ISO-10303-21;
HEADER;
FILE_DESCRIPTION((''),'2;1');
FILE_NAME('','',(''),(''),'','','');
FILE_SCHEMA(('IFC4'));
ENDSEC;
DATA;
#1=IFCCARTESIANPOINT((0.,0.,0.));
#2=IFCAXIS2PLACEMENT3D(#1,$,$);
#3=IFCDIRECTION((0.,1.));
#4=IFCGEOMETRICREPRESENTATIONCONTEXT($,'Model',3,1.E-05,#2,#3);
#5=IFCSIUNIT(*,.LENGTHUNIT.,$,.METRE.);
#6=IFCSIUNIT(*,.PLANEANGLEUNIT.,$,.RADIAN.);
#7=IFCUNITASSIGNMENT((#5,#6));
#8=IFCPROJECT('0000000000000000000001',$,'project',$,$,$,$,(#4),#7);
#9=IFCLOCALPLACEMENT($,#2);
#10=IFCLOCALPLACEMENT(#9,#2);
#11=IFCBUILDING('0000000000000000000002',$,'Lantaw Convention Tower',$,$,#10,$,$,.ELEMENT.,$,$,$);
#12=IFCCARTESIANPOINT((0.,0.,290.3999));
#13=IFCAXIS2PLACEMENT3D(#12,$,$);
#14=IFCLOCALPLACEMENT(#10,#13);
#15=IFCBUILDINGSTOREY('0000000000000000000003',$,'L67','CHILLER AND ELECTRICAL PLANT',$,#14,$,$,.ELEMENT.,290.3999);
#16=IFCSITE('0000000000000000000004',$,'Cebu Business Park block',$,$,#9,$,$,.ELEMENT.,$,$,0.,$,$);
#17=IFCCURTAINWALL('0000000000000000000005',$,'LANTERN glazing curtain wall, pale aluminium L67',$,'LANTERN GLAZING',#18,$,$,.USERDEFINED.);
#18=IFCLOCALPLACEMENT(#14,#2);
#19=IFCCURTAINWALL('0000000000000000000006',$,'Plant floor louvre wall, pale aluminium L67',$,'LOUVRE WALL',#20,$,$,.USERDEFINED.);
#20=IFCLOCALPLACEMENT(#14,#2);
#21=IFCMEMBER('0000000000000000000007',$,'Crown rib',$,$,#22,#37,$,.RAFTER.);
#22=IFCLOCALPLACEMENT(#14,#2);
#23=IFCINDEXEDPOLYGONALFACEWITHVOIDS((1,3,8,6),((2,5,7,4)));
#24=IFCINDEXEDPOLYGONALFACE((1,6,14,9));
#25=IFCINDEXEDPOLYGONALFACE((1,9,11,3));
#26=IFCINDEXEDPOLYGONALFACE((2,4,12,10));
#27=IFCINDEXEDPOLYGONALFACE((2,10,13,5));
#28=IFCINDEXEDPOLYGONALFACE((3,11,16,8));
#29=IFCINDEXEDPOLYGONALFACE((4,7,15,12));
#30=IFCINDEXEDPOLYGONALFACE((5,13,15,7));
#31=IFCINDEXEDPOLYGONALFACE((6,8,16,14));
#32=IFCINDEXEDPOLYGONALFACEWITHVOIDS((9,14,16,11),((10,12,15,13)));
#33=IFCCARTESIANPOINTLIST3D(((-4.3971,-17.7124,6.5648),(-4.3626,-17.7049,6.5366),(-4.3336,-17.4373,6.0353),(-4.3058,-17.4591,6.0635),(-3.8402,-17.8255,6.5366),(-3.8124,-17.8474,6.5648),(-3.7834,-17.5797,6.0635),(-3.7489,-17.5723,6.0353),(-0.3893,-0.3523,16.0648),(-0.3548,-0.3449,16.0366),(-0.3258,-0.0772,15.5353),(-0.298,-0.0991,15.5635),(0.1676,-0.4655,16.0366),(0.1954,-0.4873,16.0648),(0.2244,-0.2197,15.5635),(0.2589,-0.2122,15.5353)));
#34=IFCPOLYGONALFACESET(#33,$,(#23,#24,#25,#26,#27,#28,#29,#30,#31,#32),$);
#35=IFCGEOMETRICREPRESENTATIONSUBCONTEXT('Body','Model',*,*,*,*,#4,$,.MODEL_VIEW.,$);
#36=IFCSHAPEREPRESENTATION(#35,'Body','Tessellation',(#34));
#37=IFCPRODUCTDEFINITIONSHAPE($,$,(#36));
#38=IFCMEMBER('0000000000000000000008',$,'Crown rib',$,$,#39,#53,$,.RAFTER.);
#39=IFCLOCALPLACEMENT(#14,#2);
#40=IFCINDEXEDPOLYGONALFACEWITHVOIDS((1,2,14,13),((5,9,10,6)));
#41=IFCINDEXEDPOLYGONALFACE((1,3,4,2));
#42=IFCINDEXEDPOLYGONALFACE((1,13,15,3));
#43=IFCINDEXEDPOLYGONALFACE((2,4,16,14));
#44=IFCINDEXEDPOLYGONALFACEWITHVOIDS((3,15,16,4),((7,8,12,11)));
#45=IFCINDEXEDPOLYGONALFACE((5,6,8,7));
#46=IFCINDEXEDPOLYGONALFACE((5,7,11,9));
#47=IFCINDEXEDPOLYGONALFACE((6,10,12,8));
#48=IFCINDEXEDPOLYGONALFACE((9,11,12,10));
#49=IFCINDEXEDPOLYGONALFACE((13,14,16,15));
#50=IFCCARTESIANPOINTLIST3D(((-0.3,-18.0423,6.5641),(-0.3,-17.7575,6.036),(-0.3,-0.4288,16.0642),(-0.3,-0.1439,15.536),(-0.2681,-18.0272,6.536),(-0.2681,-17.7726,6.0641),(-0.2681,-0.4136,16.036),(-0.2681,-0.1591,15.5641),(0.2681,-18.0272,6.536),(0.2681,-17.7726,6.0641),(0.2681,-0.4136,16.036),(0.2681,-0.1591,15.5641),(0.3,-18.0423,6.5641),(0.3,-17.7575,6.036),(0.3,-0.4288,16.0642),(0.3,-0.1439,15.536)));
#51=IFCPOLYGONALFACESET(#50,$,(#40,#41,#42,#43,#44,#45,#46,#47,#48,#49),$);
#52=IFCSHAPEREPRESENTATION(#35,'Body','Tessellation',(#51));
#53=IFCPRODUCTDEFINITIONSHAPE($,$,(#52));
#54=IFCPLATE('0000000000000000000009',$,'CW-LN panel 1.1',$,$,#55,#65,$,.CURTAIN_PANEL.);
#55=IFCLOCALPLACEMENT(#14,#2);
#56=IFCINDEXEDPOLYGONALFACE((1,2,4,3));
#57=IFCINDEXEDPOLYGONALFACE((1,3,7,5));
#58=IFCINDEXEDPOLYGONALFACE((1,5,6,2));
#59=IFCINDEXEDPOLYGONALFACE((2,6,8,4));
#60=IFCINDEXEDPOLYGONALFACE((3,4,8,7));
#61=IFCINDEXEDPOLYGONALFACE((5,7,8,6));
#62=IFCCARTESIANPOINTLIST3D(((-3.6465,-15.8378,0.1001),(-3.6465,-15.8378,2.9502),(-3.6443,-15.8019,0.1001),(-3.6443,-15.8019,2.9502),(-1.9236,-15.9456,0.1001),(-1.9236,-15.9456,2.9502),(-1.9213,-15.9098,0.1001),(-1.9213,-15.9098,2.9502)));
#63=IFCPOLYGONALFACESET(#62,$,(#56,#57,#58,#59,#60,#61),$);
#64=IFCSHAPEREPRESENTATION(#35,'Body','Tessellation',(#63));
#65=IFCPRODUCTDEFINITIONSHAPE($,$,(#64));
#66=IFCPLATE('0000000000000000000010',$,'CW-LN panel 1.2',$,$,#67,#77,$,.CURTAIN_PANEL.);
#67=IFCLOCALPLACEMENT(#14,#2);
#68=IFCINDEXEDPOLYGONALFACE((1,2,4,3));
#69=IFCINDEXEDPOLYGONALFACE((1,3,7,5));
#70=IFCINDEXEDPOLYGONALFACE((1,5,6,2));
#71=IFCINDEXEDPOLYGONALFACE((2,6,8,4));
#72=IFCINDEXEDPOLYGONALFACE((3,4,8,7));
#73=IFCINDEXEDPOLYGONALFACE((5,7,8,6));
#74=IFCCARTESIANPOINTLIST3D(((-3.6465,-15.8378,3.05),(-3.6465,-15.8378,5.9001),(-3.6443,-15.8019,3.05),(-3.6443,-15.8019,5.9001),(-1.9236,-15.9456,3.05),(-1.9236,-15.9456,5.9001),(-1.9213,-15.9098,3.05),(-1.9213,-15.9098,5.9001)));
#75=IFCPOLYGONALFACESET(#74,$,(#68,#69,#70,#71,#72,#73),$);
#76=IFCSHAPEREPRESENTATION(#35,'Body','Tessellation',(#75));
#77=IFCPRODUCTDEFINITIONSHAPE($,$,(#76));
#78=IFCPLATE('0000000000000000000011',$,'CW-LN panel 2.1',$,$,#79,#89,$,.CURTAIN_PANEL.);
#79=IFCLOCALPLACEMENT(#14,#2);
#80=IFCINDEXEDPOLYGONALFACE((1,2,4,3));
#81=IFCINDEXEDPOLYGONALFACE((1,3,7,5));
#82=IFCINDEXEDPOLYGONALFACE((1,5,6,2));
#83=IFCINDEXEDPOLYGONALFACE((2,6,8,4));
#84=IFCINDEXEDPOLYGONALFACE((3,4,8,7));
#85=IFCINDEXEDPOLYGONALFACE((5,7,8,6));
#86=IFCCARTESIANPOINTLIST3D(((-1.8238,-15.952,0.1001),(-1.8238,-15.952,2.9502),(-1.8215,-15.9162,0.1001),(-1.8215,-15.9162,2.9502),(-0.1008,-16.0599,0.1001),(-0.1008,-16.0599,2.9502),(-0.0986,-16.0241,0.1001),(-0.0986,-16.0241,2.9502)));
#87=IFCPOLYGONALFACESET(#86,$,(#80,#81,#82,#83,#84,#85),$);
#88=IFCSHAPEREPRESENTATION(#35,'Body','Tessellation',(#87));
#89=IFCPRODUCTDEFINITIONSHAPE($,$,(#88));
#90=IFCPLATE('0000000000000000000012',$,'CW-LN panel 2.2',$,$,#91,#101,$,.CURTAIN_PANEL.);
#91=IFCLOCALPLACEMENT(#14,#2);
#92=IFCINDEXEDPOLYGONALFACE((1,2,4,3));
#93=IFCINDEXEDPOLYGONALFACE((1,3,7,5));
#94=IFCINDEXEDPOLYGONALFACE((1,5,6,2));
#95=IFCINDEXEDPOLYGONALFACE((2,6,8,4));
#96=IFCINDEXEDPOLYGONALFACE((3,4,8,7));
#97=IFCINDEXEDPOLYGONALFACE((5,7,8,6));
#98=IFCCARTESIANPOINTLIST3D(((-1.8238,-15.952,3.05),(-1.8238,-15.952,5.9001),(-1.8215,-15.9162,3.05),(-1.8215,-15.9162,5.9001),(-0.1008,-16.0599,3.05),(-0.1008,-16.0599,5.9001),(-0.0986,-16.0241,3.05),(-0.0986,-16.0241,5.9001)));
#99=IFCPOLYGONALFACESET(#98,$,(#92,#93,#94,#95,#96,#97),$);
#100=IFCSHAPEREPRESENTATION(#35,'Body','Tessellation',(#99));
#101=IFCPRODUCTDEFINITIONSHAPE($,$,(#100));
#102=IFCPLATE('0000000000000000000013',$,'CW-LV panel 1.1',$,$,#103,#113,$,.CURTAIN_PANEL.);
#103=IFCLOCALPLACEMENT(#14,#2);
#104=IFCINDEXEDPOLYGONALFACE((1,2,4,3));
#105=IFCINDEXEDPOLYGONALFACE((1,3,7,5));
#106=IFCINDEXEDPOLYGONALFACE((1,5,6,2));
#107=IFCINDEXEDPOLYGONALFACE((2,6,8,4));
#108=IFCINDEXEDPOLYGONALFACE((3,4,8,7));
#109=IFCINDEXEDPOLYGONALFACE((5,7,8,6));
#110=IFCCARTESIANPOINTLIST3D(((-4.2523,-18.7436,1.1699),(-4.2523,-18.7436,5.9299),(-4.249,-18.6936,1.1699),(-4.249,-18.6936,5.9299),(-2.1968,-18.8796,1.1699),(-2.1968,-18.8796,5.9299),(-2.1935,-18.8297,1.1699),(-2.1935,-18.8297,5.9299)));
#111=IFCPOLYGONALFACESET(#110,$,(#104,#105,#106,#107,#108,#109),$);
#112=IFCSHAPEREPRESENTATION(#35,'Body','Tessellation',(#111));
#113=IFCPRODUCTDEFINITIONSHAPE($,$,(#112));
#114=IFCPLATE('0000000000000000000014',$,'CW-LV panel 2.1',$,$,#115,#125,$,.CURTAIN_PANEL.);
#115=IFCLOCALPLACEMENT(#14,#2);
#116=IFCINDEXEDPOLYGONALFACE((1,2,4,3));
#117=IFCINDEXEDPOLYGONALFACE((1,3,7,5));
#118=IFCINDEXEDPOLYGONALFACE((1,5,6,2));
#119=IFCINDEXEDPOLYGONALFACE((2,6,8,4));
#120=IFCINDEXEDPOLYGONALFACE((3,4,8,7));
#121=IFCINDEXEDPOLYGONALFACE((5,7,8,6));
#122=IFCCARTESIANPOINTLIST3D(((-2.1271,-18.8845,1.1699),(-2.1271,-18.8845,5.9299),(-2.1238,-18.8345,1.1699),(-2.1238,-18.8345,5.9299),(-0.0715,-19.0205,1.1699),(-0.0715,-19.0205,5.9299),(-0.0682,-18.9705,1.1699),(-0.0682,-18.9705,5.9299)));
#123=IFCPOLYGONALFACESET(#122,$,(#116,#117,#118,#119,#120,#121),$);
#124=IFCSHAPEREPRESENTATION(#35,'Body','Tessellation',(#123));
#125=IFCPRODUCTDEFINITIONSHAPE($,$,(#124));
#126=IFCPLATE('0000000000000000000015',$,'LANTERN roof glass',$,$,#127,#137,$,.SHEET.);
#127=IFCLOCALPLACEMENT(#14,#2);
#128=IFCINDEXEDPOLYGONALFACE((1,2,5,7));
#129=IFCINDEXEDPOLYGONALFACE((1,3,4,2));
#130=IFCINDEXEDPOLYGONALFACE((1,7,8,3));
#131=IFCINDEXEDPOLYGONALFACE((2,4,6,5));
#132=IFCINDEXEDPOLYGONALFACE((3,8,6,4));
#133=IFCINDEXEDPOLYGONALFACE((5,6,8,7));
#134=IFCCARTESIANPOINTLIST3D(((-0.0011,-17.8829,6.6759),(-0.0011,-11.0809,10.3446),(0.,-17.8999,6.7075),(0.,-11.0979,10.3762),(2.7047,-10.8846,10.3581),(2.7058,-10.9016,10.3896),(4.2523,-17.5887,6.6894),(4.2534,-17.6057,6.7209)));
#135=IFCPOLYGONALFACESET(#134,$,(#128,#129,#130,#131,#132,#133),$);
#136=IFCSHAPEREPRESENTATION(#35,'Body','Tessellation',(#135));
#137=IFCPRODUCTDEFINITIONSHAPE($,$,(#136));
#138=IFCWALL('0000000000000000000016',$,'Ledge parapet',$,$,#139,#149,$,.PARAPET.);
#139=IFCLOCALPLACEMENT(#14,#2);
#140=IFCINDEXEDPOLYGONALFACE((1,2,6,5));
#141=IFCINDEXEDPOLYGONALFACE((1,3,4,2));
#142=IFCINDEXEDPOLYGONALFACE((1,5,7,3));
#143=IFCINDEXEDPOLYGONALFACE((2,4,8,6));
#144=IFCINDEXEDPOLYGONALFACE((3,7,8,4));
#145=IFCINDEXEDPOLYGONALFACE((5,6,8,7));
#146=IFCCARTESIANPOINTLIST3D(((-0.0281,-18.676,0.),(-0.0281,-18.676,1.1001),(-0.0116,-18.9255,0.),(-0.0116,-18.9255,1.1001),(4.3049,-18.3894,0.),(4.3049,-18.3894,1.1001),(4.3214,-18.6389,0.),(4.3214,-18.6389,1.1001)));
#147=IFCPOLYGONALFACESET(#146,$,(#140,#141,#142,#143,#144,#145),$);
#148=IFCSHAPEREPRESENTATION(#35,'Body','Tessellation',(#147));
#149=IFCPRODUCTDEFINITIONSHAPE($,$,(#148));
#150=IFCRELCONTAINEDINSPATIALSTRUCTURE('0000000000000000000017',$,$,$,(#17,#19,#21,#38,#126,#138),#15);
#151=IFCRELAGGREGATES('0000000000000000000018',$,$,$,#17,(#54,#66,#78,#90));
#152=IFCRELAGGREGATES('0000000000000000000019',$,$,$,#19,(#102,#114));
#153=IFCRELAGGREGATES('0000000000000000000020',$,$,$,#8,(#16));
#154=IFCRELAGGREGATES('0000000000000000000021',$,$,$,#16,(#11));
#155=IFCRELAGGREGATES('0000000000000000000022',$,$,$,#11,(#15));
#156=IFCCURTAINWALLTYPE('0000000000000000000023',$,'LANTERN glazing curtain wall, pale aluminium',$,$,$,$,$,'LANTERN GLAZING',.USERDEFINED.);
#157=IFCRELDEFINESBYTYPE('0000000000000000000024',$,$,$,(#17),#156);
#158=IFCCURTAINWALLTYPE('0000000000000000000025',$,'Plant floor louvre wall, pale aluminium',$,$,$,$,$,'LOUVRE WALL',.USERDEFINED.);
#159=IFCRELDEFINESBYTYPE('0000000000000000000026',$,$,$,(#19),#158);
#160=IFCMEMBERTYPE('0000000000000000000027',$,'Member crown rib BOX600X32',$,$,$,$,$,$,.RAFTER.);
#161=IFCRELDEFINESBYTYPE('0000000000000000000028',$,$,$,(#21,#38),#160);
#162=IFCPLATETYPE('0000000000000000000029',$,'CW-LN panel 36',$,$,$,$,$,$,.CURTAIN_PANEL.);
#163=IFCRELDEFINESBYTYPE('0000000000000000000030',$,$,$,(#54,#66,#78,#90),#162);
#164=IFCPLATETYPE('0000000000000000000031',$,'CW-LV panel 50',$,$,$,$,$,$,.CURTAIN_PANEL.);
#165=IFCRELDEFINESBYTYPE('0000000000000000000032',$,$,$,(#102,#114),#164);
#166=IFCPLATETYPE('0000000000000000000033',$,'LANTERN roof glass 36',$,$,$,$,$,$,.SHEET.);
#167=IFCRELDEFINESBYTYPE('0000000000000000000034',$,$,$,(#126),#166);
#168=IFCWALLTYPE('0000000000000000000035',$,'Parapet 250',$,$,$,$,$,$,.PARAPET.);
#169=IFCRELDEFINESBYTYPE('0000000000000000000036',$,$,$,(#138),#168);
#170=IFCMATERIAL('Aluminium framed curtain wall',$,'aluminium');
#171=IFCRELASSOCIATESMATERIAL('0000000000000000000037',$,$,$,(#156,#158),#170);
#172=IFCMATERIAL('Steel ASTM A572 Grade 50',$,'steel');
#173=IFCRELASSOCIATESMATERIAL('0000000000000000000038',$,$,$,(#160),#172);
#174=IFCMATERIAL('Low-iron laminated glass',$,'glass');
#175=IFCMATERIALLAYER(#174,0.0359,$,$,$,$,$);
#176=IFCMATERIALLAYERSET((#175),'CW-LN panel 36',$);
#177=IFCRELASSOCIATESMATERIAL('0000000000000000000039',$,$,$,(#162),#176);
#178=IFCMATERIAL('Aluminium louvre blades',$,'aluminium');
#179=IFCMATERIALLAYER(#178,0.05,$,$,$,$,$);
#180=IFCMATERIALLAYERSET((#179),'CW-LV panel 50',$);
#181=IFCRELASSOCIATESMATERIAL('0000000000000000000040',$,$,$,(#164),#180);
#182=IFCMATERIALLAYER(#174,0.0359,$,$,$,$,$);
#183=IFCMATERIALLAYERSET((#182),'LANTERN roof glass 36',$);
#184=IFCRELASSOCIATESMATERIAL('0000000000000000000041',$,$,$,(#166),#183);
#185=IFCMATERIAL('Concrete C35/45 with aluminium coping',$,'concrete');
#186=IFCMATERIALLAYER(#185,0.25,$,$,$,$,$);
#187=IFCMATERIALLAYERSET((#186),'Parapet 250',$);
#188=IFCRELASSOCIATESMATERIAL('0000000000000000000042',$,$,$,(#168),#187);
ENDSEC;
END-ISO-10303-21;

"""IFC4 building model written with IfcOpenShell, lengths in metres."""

from ifc_helpers import new_model, si_unit, direction, frame, frame_2d, origin, origin_2d, place, context, subcontext, project, spatial, polyline, rectangle, hollow_rectangle, outline, extrude, material, layer, layer_set, material_profile, profile_set, type_object, element, aggregate, save


model = new_model("IFC4")

# Units and contexts
model_context = context("Model", 3, precision=1e-05, world=origin(), true_north=direction((0.0, 1.0)))
body_context = subcontext(model_context, "Body", "Model", "MODEL_VIEW")
ifc_project = project(units=[si_unit("LENGTHUNIT", "METRE"), si_unit("PLANEANGLEUNIT", "RADIAN")], contexts=[model_context])

# Site, building, storey
site_placement = place(None, origin())
site = spatial("IfcSite", under=ifc_project, at=site_placement, Name="Cebu Business Park block", CompositionType="ELEMENT", RefElevation=0.0)
building_placement = place(site_placement, origin())
building = spatial("IfcBuilding", under=site, at=building_placement, Name="Lantaw Convention Tower", CompositionType="ELEMENT")
storey_placement = place(building_placement, frame((0.0, 0.0, 290.3999)))
storey = spatial("IfcBuildingStorey", under=building, at=storey_placement, Name="L67", Description="CHILLER AND ELECTRICAL PLANT", CompositionType="ELEMENT", Elevation=290.3999)

# Shared definitions
ifc_material_1 = material(Name="Steel ASTM A572 Grade 50", Category="steel")

# Curtain walls
ifc_material_2 = material(Name="Aluminium framed curtain wall", Category="aluminium")
curtain_wall_type_1 = type_object("IfcCurtainWallType", Name="LANTERN glazing curtain wall, pale aluminium", ElementType="LANTERN GLAZING", PredefinedType="USERDEFINED", material=ifc_material_2)
curtain_wall_1_placement = place(storey_placement, origin())
curtain_wall_1 = element("IfcCurtainWall", 1, at=curtain_wall_1_placement, inside=storey, type_object=curtain_wall_type_1, Name="LANTERN glazing curtain wall, pale aluminium L67", ObjectType="LANTERN GLAZING", PredefinedType="USERDEFINED")
curtain_wall_type_2 = type_object("IfcCurtainWallType", Name="Plant floor louvre wall, pale aluminium", ElementType="LOUVRE WALL", PredefinedType="USERDEFINED", material=ifc_material_2)
curtain_wall_2_placement = place(storey_placement, origin())
curtain_wall_2 = element("IfcCurtainWall", 2, at=curtain_wall_2_placement, inside=storey, type_object=curtain_wall_type_2, Name="Plant floor louvre wall, pale aluminium L67", ObjectType="LOUVRE WALL", PredefinedType="USERDEFINED")

# Members
ifc_material_profile_1 = material_profile(ifc_material_1, hollow_rectangle(XDim=0.6001, YDim=0.6001, WallThickness=0.032, at=origin_2d()), Name="BOX600X32")
ifc_profile_set_1 = profile_set([ifc_material_profile_1], Name="Steel ASTM A572 Grade 50")
member_type_1 = type_object("IfcMemberType", Name="Member crown rib BOX600X32", PredefinedType="RAFTER", material=ifc_profile_set_1)
member_1_placement = place(storey_placement, frame((-4.073, -17.6423, 6.3), z_axis=(0.198493, 0.859784, 0.470501), x_axis=(-0.974371, 0.224947, 0.0)))
element("IfcMember", 3, at=member_1_placement, inside=storey, type_object=member_type_1, Name="Crown rib", PredefinedType="RAFTER", context=body_context, shape_type="SweptSolid", body=[
    extrude(hollow_rectangle(XDim=0.6001, YDim=0.6001, WallThickness=0.032, at=origin_2d()), origin(), (0.0, 0.0, 1.0), 20.1912),
])
member_2_placement = place(storey_placement, frame((0.0, -17.8999, 6.3), z_axis=(0.0, 0.880141, 0.474712), x_axis=(-1.0, 0.0, 0.0)))
element("IfcMember", 4, at=member_2_placement, inside=storey, type_object=member_type_1, Name="Crown rib", PredefinedType="RAFTER", context=body_context, shape_type="SweptSolid", body=[
    extrude(hollow_rectangle(XDim=0.6001, YDim=0.6001, WallThickness=0.032, at=origin_2d()), origin(), (0.0, 0.0, 1.0), 20.0122),
])

# Plates
ifc_material_3 = material(Name="Low-iron laminated glass", Category="glass")
ifc_layer_1 = layer(ifc_material_3, 0.0359)
ifc_layer_set_1 = layer_set([ifc_layer_1], Name="CW-LN panel 36")
plate_type_1 = type_object("IfcPlateType", Name="CW-LN panel 36", PredefinedType="CURTAIN_PANEL", material=ifc_layer_set_1)
plate_1_placement = place(storey_placement, frame((-2.7839, -15.8738, 0.1001), z_axis=(0.0, 0.0, 1.0), x_axis=(0.998046, -0.062489, 0.0)))
plate_1 = element("IfcPlate", 5, at=plate_1_placement, type_object=plate_type_1, Name="CW-LN panel 1.1", PredefinedType="CURTAIN_PANEL", context=body_context, shape_type="SweptSolid", body=[
    extrude(rectangle(XDim=1.7263, YDim=0.0359, at=origin_2d()), origin(), (0.0, 0.0, 1.0), 2.8501),
])
plate_2_placement = place(storey_placement, frame((-2.7839, -15.8738, 3.05), z_axis=(0.0, 0.0, 1.0), x_axis=(0.998046, -0.062489, 0.0)))
plate_2 = element("IfcPlate", 6, at=plate_2_placement, type_object=plate_type_1, Name="CW-LN panel 1.2", PredefinedType="CURTAIN_PANEL", context=body_context, shape_type="SweptSolid", body=[
    extrude(rectangle(XDim=1.7263, YDim=0.0359, at=origin_2d()), origin(), (0.0, 0.0, 1.0), 2.8501),
])
plate_3_placement = place(storey_placement, frame((-0.9612, -15.988, 0.1001), z_axis=(0.0, 0.0, 1.0), x_axis=(0.998046, -0.062489, 0.0)))
plate_3 = element("IfcPlate", 7, at=plate_3_placement, type_object=plate_type_1, Name="CW-LN panel 2.1", PredefinedType="CURTAIN_PANEL", context=body_context, shape_type="SweptSolid", body=[
    extrude(rectangle(XDim=1.7263, YDim=0.0359, at=origin_2d()), origin(), (0.0, 0.0, 1.0), 2.8501),
])
plate_4_placement = place(storey_placement, frame((-0.9612, -15.988, 3.05), z_axis=(0.0, 0.0, 1.0), x_axis=(0.998046, -0.062489, 0.0)))
plate_4 = element("IfcPlate", 8, at=plate_4_placement, type_object=plate_type_1, Name="CW-LN panel 2.2", PredefinedType="CURTAIN_PANEL", context=body_context, shape_type="SweptSolid", body=[
    extrude(rectangle(XDim=1.7263, YDim=0.0359, at=origin_2d()), origin(), (0.0, 0.0, 1.0), 2.8501),
])
aggregate(curtain_wall_1, [plate_1, plate_2, plate_3, plate_4])
ifc_material_4 = material(Name="Aluminium louvre blades", Category="aluminium")
ifc_layer_2 = layer(ifc_material_4, 0.05)
ifc_layer_set_2 = layer_set([ifc_layer_2], Name="CW-LV panel 50")
plate_type_2 = type_object("IfcPlateType", Name="CW-LV panel 50", PredefinedType="CURTAIN_PANEL", material=ifc_layer_set_2)
plate_5_placement = place(storey_placement, frame((-3.2229, -18.7866, 1.1699), z_axis=(0.0, 0.0, 1.0), x_axis=(0.997818, -0.066025, 0.0)))
plate_5 = element("IfcPlate", 9, at=plate_5_placement, type_object=plate_type_2, Name="CW-LV panel 1.1", PredefinedType="CURTAIN_PANEL", context=body_context, shape_type="SweptSolid", body=[
    extrude(rectangle(XDim=2.0601, YDim=0.05, at=origin_2d()), origin(), (0.0, 0.0, 1.0), 4.76),
])
plate_6_placement = place(storey_placement, frame((-1.0977, -18.9275, 1.1699), z_axis=(0.0, 0.0, 1.0), x_axis=(0.997818, -0.066025, 0.0)))
plate_6 = element("IfcPlate", 10, at=plate_6_placement, type_object=plate_type_2, Name="CW-LV panel 2.1", PredefinedType="CURTAIN_PANEL", context=body_context, shape_type="SweptSolid", body=[
    extrude(rectangle(XDim=2.0601, YDim=0.05, at=origin_2d()), origin(), (0.0, 0.0, 1.0), 4.76),
])
aggregate(curtain_wall_2, [plate_5, plate_6])
ifc_layer_3 = layer(ifc_material_3, 0.0359)
ifc_layer_set_3 = layer_set([ifc_layer_3], Name="LANTERN roof glass 36")
plate_type_3 = type_object("IfcPlateType", Name="LANTERN roof glass 36", PredefinedType="SHEET", material=ifc_layer_set_3)
plate_7_placement = place(storey_placement, frame((0.0, -17.8999, 6.7075), z_axis=(0.030047, -0.474493, 0.879746), x_axis=(0.997612, 0.069003, 0.003144)))
element("IfcPlate", 11, at=plate_7_placement, inside=storey, type_object=plate_type_3, Name="LANTERN roof glass", PredefinedType="SHEET", context=body_context, shape_type="SweptSolid", body=[
    extrude(outline(polyline([(0.0, 0.0), (4.2636, 0.0), (3.1938, 7.7237), (0.4809, 7.7133), (0.0, 0.0)])), origin(), (0.0, 0.0, -1.0), 0.0359),
])

# Wall
ifc_material_5 = material(Name="Concrete C35/45 with aluminium coping", Category="concrete")
ifc_layer_4 = layer(ifc_material_5, 0.25)
ifc_layer_set_4 = layer_set([ifc_layer_4], Name="Parapet 250")
wall_type = type_object("IfcWallType", Name="Parapet 250", PredefinedType="PARAPET", material=ifc_layer_set_4)
wall_placement = place(storey_placement, frame((-0.02, -18.8008, 0.0), z_axis=(0.0, 0.0, 1.0), x_axis=(0.997819, 0.066004, 0.0)))
element("IfcWall", 12, at=wall_placement, inside=storey, type_object=wall_type, Name="Ledge parapet", PredefinedType="PARAPET", context=body_context, shape_type="SweptSolid", body=[
    extrude(rectangle(XDim=4.3425, YDim=0.25, at=frame_2d((2.1714, 0.0))), origin(), (0.0, 0.0, 1.0), 1.1001),
])

save(model, "model.ifc")
